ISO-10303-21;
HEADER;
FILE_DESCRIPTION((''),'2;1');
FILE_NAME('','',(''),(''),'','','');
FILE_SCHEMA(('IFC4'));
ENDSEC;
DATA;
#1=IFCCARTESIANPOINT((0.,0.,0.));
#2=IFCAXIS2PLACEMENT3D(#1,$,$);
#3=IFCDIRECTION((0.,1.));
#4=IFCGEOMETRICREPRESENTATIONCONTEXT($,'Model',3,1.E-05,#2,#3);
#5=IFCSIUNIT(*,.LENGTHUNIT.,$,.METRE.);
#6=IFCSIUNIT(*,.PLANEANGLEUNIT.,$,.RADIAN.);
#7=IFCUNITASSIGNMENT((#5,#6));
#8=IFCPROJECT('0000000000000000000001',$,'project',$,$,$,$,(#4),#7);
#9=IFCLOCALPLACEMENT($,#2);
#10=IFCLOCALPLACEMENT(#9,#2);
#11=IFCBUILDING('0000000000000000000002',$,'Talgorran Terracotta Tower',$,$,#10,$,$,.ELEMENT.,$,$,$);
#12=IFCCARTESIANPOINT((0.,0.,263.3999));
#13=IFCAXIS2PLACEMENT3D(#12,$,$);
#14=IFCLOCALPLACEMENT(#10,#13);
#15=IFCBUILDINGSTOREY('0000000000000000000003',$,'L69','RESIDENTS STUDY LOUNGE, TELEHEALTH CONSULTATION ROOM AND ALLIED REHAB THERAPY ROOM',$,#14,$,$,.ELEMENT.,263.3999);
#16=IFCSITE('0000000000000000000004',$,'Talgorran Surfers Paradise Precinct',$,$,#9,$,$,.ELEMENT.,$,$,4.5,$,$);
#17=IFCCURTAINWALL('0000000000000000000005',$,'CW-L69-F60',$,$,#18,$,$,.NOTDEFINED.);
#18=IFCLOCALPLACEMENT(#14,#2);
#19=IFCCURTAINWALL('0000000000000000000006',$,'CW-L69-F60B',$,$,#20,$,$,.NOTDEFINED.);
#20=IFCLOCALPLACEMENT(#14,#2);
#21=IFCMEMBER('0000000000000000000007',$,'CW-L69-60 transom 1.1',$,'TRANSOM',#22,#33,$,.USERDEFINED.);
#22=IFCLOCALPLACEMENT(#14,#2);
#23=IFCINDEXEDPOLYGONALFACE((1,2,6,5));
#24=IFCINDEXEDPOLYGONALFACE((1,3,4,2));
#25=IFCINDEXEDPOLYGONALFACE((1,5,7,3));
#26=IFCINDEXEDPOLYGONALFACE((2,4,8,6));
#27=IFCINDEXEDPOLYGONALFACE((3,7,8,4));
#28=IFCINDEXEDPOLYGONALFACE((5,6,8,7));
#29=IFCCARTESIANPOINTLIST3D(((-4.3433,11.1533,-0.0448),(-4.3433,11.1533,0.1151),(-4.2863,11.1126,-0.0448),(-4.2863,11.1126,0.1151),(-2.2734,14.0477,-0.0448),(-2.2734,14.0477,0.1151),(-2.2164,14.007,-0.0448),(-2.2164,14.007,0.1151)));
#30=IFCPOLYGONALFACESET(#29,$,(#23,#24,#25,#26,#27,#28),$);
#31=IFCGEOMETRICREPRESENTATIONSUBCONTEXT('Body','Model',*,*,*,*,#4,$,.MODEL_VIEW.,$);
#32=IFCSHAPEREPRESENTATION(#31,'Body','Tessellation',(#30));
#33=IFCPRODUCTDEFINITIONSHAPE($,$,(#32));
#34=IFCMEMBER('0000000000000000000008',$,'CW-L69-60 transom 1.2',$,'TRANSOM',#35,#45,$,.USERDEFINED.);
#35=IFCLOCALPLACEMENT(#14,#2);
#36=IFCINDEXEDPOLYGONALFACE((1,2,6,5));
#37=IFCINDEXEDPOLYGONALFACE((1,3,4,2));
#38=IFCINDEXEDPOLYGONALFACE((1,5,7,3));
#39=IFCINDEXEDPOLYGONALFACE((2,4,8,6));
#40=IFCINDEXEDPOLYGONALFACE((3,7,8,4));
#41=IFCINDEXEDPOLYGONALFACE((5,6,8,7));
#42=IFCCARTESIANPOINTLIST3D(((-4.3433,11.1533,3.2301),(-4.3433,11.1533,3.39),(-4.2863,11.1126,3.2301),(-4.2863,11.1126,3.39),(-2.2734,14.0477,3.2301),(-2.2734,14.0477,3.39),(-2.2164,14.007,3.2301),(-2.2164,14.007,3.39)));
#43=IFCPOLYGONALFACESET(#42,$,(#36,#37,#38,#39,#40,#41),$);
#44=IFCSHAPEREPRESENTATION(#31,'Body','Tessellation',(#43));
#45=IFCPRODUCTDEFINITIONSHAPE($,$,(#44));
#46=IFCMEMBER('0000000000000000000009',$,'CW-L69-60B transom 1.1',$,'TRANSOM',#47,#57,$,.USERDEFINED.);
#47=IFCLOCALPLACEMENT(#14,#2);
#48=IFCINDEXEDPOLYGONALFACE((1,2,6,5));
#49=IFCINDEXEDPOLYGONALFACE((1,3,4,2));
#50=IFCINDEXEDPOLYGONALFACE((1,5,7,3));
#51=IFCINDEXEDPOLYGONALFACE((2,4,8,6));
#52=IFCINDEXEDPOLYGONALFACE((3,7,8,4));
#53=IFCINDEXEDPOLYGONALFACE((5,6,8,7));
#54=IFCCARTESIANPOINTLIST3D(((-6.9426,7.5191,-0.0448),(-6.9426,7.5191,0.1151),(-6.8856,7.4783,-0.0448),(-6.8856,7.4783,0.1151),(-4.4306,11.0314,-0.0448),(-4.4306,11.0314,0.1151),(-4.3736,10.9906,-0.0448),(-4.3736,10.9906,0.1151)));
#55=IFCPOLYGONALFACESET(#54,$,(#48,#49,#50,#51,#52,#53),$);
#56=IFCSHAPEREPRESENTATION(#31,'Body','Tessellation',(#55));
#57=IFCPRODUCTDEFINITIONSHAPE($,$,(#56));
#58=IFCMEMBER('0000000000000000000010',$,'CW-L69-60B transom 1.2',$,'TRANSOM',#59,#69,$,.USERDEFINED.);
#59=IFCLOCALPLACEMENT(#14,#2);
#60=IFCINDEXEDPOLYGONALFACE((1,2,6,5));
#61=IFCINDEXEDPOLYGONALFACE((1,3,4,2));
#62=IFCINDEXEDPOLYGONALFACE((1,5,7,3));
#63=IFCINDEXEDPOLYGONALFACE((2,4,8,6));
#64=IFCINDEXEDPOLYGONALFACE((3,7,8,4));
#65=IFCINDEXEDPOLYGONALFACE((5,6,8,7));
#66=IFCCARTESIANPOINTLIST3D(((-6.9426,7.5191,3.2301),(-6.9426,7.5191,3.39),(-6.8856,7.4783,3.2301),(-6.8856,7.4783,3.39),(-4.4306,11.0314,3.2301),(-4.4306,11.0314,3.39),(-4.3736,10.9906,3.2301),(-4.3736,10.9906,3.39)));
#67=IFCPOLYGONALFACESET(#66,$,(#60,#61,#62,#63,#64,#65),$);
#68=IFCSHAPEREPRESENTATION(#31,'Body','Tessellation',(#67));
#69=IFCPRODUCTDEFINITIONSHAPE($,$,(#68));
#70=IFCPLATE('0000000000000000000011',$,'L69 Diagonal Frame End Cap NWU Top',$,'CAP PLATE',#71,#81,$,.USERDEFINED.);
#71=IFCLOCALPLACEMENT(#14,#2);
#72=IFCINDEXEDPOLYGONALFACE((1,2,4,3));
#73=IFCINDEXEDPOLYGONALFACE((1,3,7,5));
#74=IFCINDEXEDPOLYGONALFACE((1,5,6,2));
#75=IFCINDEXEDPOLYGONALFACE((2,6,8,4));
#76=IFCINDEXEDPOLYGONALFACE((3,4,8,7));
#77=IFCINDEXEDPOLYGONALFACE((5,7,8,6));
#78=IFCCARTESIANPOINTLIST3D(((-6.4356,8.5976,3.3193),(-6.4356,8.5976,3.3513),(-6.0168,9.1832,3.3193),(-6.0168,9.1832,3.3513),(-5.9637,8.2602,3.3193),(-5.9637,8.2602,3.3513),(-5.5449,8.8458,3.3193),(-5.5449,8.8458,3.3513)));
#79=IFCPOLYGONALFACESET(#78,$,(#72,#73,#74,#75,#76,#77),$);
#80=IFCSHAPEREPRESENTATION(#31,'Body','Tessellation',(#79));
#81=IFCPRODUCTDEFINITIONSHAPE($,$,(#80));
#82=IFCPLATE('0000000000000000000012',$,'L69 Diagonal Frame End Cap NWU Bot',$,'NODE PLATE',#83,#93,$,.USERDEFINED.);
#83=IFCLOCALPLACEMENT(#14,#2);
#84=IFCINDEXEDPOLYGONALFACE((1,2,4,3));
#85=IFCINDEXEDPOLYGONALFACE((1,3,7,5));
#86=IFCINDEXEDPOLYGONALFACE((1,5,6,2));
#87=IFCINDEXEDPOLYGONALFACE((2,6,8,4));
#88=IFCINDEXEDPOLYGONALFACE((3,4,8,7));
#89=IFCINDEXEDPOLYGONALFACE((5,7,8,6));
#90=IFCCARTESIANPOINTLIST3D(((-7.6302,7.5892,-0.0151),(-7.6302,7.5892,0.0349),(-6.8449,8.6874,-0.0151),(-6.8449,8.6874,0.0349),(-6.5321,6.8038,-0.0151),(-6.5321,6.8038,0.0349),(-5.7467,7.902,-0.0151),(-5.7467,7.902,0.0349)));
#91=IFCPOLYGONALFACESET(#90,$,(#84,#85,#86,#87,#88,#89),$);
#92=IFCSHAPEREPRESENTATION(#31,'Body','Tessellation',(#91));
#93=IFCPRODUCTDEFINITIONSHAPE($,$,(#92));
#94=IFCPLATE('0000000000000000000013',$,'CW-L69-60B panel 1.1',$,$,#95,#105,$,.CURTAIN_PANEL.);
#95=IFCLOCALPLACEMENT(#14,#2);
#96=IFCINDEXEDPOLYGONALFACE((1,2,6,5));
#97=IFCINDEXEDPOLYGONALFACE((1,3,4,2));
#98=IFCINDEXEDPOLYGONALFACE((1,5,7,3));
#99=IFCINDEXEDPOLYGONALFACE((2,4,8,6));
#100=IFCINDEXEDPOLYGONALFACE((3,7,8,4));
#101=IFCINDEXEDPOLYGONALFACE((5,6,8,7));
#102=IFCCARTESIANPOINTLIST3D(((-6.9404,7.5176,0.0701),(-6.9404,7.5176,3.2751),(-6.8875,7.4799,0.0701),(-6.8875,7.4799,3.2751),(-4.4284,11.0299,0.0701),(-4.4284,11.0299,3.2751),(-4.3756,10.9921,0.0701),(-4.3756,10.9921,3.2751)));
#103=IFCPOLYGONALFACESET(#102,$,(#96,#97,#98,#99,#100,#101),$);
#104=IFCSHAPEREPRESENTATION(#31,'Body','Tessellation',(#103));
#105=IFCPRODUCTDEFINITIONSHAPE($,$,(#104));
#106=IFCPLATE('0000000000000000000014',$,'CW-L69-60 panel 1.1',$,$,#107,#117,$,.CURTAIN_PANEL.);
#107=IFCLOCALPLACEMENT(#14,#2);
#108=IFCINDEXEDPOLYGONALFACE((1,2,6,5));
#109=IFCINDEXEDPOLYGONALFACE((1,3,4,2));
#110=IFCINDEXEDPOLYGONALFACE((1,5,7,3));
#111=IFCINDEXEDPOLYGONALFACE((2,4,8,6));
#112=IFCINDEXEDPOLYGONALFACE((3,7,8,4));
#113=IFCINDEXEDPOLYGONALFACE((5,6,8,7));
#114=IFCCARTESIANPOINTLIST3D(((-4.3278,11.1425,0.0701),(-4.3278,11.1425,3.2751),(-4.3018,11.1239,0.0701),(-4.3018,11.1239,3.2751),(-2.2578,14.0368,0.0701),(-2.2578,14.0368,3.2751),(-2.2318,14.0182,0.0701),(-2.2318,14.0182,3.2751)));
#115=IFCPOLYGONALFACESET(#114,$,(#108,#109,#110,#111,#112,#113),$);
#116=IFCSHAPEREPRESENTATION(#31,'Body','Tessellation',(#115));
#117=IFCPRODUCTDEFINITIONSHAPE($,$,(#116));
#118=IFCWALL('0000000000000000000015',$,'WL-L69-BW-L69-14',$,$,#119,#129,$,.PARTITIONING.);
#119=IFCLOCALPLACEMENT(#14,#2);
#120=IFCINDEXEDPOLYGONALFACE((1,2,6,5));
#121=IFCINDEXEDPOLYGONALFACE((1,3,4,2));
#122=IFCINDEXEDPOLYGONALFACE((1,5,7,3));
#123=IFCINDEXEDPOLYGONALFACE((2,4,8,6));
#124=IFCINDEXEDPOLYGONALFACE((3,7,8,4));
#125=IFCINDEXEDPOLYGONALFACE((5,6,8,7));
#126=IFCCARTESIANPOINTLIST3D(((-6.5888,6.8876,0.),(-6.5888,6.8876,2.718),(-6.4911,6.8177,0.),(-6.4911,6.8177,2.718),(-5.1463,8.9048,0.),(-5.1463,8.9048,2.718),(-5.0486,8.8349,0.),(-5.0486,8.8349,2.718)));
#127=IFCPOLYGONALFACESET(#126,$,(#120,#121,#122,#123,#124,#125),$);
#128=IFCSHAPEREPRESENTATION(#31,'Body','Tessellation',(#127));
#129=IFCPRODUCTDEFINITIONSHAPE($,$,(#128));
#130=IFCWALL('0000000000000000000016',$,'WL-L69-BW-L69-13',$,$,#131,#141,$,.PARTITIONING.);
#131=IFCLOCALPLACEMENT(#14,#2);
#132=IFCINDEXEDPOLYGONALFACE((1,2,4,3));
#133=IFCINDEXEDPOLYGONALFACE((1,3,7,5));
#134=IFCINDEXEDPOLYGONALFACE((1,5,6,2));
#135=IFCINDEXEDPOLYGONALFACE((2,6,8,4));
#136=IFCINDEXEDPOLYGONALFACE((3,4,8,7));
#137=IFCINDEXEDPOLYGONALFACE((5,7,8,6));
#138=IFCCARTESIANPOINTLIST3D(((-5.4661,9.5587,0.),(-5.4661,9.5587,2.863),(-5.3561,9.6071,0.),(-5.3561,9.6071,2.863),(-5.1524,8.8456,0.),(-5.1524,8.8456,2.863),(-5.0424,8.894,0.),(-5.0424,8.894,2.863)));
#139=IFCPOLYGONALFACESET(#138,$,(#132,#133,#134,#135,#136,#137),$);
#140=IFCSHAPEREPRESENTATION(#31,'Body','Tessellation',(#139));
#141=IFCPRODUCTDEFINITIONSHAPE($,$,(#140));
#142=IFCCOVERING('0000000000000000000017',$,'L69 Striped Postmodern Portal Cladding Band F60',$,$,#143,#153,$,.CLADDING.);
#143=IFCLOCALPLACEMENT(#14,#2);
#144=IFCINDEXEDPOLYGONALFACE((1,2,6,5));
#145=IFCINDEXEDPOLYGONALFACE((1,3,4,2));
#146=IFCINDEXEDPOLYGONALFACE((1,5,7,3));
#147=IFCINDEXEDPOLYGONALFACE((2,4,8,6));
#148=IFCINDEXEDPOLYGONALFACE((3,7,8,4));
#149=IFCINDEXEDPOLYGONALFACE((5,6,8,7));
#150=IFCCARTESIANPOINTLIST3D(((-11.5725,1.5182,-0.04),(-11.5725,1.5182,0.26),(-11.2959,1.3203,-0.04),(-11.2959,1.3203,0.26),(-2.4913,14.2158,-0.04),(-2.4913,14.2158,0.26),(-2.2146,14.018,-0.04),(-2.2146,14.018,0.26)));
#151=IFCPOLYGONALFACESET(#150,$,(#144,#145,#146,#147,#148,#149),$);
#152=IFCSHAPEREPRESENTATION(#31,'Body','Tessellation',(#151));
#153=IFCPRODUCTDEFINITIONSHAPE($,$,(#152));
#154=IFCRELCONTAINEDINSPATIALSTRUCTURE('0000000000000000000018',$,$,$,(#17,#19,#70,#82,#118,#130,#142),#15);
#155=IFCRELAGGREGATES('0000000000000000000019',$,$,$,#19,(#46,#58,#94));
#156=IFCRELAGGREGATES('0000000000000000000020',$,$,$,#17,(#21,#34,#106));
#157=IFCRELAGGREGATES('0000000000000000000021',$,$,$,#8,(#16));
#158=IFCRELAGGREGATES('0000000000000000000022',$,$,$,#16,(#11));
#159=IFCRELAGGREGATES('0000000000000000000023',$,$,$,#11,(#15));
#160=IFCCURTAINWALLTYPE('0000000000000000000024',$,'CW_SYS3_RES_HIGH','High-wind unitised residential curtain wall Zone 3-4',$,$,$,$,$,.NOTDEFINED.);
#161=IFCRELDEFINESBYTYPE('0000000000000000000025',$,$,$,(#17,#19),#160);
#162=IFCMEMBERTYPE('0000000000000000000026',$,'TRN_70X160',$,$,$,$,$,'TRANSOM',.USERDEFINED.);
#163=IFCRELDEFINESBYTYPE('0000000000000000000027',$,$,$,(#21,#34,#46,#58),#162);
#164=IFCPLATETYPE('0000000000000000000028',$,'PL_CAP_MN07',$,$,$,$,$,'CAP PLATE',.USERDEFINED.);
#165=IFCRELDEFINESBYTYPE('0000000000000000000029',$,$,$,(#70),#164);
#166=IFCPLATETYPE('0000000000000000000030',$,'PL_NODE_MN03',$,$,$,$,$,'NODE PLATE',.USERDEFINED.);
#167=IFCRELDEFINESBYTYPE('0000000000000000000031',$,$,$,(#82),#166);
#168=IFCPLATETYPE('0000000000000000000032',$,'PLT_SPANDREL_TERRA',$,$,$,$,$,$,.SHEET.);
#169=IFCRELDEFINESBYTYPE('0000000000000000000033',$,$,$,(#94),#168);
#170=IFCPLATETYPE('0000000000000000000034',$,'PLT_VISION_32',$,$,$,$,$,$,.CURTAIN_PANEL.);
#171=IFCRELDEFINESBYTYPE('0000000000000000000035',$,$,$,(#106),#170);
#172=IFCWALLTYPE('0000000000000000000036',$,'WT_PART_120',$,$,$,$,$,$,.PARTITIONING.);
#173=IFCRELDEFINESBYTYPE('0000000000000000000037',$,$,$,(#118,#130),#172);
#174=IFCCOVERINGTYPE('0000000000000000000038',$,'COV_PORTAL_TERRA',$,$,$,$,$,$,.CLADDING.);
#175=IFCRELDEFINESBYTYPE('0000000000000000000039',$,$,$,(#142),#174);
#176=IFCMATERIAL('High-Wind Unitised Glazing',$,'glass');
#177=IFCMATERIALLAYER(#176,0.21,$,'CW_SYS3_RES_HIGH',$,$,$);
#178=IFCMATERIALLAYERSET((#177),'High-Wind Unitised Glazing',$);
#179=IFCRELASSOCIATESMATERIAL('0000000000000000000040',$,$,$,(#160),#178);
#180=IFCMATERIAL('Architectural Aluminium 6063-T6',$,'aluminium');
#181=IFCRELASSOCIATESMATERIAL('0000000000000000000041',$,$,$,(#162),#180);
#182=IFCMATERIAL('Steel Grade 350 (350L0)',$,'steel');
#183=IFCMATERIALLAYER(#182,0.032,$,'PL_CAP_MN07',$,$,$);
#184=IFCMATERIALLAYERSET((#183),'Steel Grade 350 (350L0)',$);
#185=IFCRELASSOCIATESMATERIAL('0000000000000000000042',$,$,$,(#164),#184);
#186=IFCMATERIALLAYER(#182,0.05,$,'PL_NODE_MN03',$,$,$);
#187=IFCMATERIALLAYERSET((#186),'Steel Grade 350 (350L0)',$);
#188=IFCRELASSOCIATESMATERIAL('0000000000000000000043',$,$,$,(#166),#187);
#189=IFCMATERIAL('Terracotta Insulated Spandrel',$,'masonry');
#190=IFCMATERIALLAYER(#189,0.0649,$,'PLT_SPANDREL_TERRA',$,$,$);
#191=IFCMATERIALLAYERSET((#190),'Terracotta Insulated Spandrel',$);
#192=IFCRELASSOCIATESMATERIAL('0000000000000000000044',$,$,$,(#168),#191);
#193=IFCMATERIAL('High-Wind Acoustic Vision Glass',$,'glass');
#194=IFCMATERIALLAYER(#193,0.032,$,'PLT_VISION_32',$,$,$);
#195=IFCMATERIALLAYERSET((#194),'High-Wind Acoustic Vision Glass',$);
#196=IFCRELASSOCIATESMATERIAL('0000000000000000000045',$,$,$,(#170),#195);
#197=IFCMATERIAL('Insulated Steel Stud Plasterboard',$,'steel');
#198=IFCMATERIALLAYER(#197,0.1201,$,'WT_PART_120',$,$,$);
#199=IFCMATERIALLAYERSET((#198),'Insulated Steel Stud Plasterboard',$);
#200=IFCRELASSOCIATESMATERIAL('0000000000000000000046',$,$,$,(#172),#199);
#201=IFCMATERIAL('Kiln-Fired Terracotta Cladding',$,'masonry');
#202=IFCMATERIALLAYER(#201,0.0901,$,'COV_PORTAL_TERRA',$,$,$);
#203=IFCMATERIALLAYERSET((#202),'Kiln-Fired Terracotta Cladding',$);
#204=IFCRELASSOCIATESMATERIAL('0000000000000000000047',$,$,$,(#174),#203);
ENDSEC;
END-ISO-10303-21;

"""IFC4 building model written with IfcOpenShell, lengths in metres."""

from ifc_helpers import new_model, si_unit, direction, frame, frame_2d, origin, origin_2d, place, context, subcontext, project, spatial, rectangle, extrude, source, transform, mapped, material, layer, layer_set, material_profile, profile_set, type_object, type_shapes, element, aggregate, save


model = new_model("IFC4")

# Units and contexts
model_context = context("Model", 3, precision=1e-05, world=origin(), true_north=direction((0.0, 1.0)))
body_context = subcontext(model_context, "Body", "Model", "MODEL_VIEW")
ifc_project = project(units=[si_unit("LENGTHUNIT", "METRE"), si_unit("PLANEANGLEUNIT", "RADIAN")], contexts=[model_context])

# Site, building, storey
site_placement = place(None, origin())
site = spatial("IfcSite", under=ifc_project, at=site_placement, Name="Talgorran Surfers Paradise Precinct", CompositionType="ELEMENT", RefElevation=4.5)
building_placement = place(site_placement, origin())
building = spatial("IfcBuilding", under=site, at=building_placement, Name="Talgorran Terracotta Tower", CompositionType="ELEMENT")
storey_placement = place(building_placement, frame((0.0, 0.0, 263.3999)))
storey = spatial("IfcBuildingStorey", under=building, at=storey_placement, Name="L69", Description="RESIDENTS STUDY LOUNGE, TELEHEALTH CONSULTATION ROOM AND ALLIED REHAB THERAPY ROOM", CompositionType="ELEMENT", Elevation=263.3999)

# Shared definitions
ifc_material_1 = material(Name="Steel Grade 350 (350L0)", Category="steel")

# Shared definitions
ifc_material_2 = material(Name="High-Wind Unitised Glazing", Category="glass")
ifc_layer_1 = layer(ifc_material_2, 0.21, Name="CW_SYS3_RES_HIGH")
ifc_layer_set_1 = layer_set([ifc_layer_1], Name="High-Wind Unitised Glazing")
curtain_wall_type = type_object("IfcCurtainWallType", Name="CW_SYS3_RES_HIGH", Description="High-wind unitised residential curtain wall Zone 3-4", PredefinedType="NOTDEFINED", material=ifc_layer_set_1)
ifc_material_3 = material(Name="Architectural Aluminium 6063-T6", Category="aluminium")

# Curtain wall
curtain_wall_1_placement = place(storey_placement, origin())
curtain_wall_1 = element("IfcCurtainWall", 1, at=curtain_wall_1_placement, inside=storey, type_object=curtain_wall_type, Name="CW-L69-F60", PredefinedType="NOTDEFINED")

# Curtain wall
curtain_wall_2_placement = place(storey_placement, origin())
curtain_wall_2 = element("IfcCurtainWall", 2, at=curtain_wall_2_placement, inside=storey, type_object=curtain_wall_type, Name="CW-L69-F60B", PredefinedType="NOTDEFINED")

# Members
ifc_material_profile_1 = material_profile(ifc_material_3, rectangle(XDim=0.0701, YDim=0.1599, at=origin_2d()), Name="CWT70X160")
ifc_profile_set_1 = profile_set([ifc_material_profile_1], Name="Architectural Aluminium 6063-T6")
member_type_1 = type_object("IfcMemberType", Name="TRN_70X160", ElementType="TRANSOM", PredefinedType="USERDEFINED", material=ifc_profile_set_1)
member_1_placement = place(storey_placement, frame((-2.2449, 14.0273, 0.0352), z_axis=(-0.581699, -0.813404, 0.0), x_axis=(0.813404, -0.581699, 0.0)))
member_1 = element("IfcMember", 3, at=member_1_placement, type_object=member_type_1, Name="CW-L69-60 transom 1.1", ObjectType="TRANSOM", PredefinedType="USERDEFINED", context=body_context, shape_type="SweptSolid", body=[
    extrude(rectangle(XDim=0.0701, YDim=0.1599, at=origin_2d()), origin(), (0.0, 0.0, 1.0), 3.5583),
])
member_2_placement = place(storey_placement, frame((-2.2449, 14.0273, 3.3101), z_axis=(-0.581699, -0.813404, 0.0), x_axis=(0.813404, -0.581699, 0.0)))
member_2 = element("IfcMember", 4, at=member_2_placement, type_object=member_type_1, Name="CW-L69-60 transom 1.2", ObjectType="TRANSOM", PredefinedType="USERDEFINED", context=body_context, shape_type="SweptSolid", body=[
    extrude(rectangle(XDim=0.0701, YDim=0.1599, at=origin_2d()), origin(), (0.0, 0.0, 1.0), 3.5583),
])
member_3_placement = place(storey_placement, frame((-4.4021, 11.011, 0.0352), z_axis=(-0.581735, -0.813378, 0.0), x_axis=(0.813378, -0.581735, 0.0)))
member_3 = element("IfcMember", 5, at=member_3_placement, type_object=member_type_1, Name="CW-L69-60B transom 1.1", ObjectType="TRANSOM", PredefinedType="USERDEFINED", context=body_context, shape_type="SweptSolid", body=[
    extrude(rectangle(XDim=0.0701, YDim=0.1599, at=origin_2d()), origin(), (0.0, 0.0, 1.0), 4.3181),
])
member_4_placement = place(storey_placement, frame((-4.4021, 11.011, 3.3101), z_axis=(-0.581735, -0.813378, 0.0), x_axis=(0.813378, -0.581735, 0.0)))
member_4 = element("IfcMember", 6, at=member_4_placement, type_object=member_type_1, Name="CW-L69-60B transom 1.2", ObjectType="TRANSOM", PredefinedType="USERDEFINED", context=body_context, shape_type="SweptSolid", body=[
    extrude(rectangle(XDim=0.0701, YDim=0.1599, at=origin_2d()), origin(), (0.0, 0.0, 1.0), 4.3181),
])

# Plates
ifc_layer_2 = layer(ifc_material_1, 0.032, Name="PL_CAP_MN07")
ifc_layer_set_2 = layer_set([ifc_layer_2], Name="Steel Grade 350 (350L0)")
plate_type_1 = type_object("IfcPlateType", Name="PL_CAP_MN07", ElementType="CAP PLATE", PredefinedType="USERDEFINED", material=ifc_layer_set_2)
plate_1_placement = place(storey_placement, frame((-5.9902, 8.7217, 3.3193), z_axis=(0.0, 0.0, 1.0), x_axis=(0.581697, 0.813405, 0.0)))
element("IfcPlate", 7, at=plate_1_placement, inside=storey, type_object=plate_type_1, Name="L69 Diagonal Frame End Cap NWU Top", ObjectType="CAP PLATE", PredefinedType="USERDEFINED", context=body_context, shape_type="SweptSolid", body=[
    extrude(rectangle(XDim=0.72, YDim=0.5801, at=origin_2d()), origin(), (0.0, 0.0, 1.0), 0.032),
])
ifc_layer_3 = layer(ifc_material_1, 0.05, Name="PL_NODE_MN03")
ifc_layer_set_3 = layer_set([ifc_layer_3], Name="Steel Grade 350 (350L0)")
plate_type_2 = type_object("IfcPlateType", Name="PL_NODE_MN03", ElementType="NODE PLATE", PredefinedType="USERDEFINED", material=ifc_layer_set_3)
plate_2_placement = place(storey_placement, frame((-6.6885, 7.7456, -0.0151), z_axis=(0.0, 0.0, 1.0), x_axis=(0.581697, 0.813405, 0.0)))
element("IfcPlate", 8, at=plate_2_placement, inside=storey, type_object=plate_type_2, Name="L69 Diagonal Frame End Cap NWU Bot", ObjectType="NODE PLATE", PredefinedType="USERDEFINED", context=body_context, shape_type="SweptSolid", body=[
    extrude(rectangle(XDim=1.3501, YDim=1.3501, at=origin_2d()), origin(), (0.0, 0.0, 1.0), 0.05),
])

# Plates
ifc_material_4 = material(Name="Terracotta Insulated Spandrel", Category="masonry")
ifc_layer_4 = layer(ifc_material_4, 0.0649, Name="PLT_SPANDREL_TERRA")
ifc_layer_set_4 = layer_set([ifc_layer_4], Name="Terracotta Insulated Spandrel")
plate_type_3 = type_object("IfcPlateType", Name="PLT_SPANDREL_TERRA", PredefinedType="SHEET", material=ifc_layer_set_4)
shared_shape_1 = source(origin(), body_context, "Body", "SweptSolid", [
    extrude(rectangle(XDim=4.3181, YDim=0.0649, at=origin_2d()), origin(), (0.0, 0.0, 1.0), 3.2051),
])
type_shapes(plate_type_3, [shared_shape_1])
plate_3_placement = place(storey_placement, frame((-5.658, 9.2549, 0.0701), z_axis=(0.0, 0.0, 1.0), x_axis=(-0.581732, -0.81338, 0.0)))
plate_3 = element("IfcPlate", 9, at=plate_3_placement, type_object=plate_type_3, Name="CW-L69-60B panel 1.1", PredefinedType="CURTAIN_PANEL", context=body_context, shape_type="MappedRepresentation", body=[
    mapped(shared_shape_1, transform((0.0, 0.0, 0.0), scale=1.0)),
])
aggregate(curtain_wall_2, [member_3, member_4, plate_3])
ifc_material_5 = material(Name="High-Wind Acoustic Vision Glass", Category="glass")
ifc_layer_5 = layer(ifc_material_5, 0.032, Name="PLT_VISION_32")
ifc_layer_set_5 = layer_set([ifc_layer_5], Name="High-Wind Acoustic Vision Glass")
plate_type_4 = type_object("IfcPlateType", Name="PLT_VISION_32", PredefinedType="CURTAIN_PANEL", material=ifc_layer_set_5)
shared_shape_2 = source(origin(), body_context, "Body", "SweptSolid", [
    extrude(rectangle(XDim=3.5583, YDim=0.032, at=origin_2d()), origin(), (0.0, 0.0, 1.0), 3.2051),
])
type_shapes(plate_type_4, [shared_shape_2])
plate_4_placement = place(storey_placement, frame((-3.2798, 12.5803, 0.0701), z_axis=(0.0, 0.0, 1.0), x_axis=(-0.581732, -0.813381, 0.0)))
plate_4 = element("IfcPlate", 10, at=plate_4_placement, type_object=plate_type_4, Name="CW-L69-60 panel 1.1", PredefinedType="CURTAIN_PANEL", context=body_context, shape_type="MappedRepresentation", body=[
    mapped(shared_shape_2, transform((0.0, 0.0, 0.0), scale=1.0)),
])
aggregate(curtain_wall_1, [member_1, member_2, plate_4])

# Walls
ifc_material_6 = material(Name="Insulated Steel Stud Plasterboard", Category="steel")
ifc_layer_6 = layer(ifc_material_6, 0.1201, Name="WT_PART_120")
ifc_layer_set_6 = layer_set([ifc_layer_6], Name="Insulated Steel Stud Plasterboard")
wall_type = type_object("IfcWallType", Name="WT_PART_120", PredefinedType="PARTITIONING", material=ifc_layer_set_6)
wall_1_placement = place(storey_placement, frame((-5.0974, 8.8699, 0.0), z_axis=(0.0, 0.0, 1.0), x_axis=(-0.581685, -0.813414, 0.0)))
element("IfcWall", 11, at=wall_1_placement, inside=storey, type_object=wall_type, Name="WL-L69-BW-L69-14", PredefinedType="PARTITIONING", context=body_context, shape_type="SweptSolid", body=[
    extrude(rectangle(XDim=2.48, YDim=0.1201, at=frame_2d((1.24, 0.0))), origin(), (0.0, 0.0, 1.0), 2.718),
])
wall_2_placement = place(storey_placement, frame((-5.4111, 9.583, 0.0), z_axis=(0.0, 0.0, 1.0), x_axis=(0.402676, -0.915343, 0.0)))
element("IfcWall", 12, at=wall_2_placement, inside=storey, type_object=wall_type, Name="WL-L69-BW-L69-13", PredefinedType="PARTITIONING", context=body_context, shape_type="SweptSolid", body=[
    extrude(rectangle(XDim=0.7791, YDim=0.1201, at=frame_2d((0.3896, 0.0))), origin(), (0.0, 0.0, 1.0), 2.863),
])

# Covering
ifc_material_7 = material(Name="Kiln-Fired Terracotta Cladding", Category="masonry")
ifc_layer_7 = layer(ifc_material_7, 0.0901, Name="COV_PORTAL_TERRA")
ifc_layer_set_7 = layer_set([ifc_layer_7], Name="Kiln-Fired Terracotta Cladding")
covering_type = type_object("IfcCoveringType", Name="COV_PORTAL_TERRA", PredefinedType="CLADDING", material=ifc_layer_set_7)
covering_placement = place(storey_placement, frame((-6.8936, 7.7681, -0.04), z_axis=(0.0, 0.0, 1.0), x_axis=(-0.581726, -0.813385, 0.0)))
element("IfcCovering", 13, at=covering_placement, inside=storey, type_object=covering_type, Name="L69 Striped Postmodern Portal Cladding Band F60", PredefinedType="CLADDING", context=body_context, shape_type="SweptSolid", body=[
    extrude(rectangle(XDim=15.6108, YDim=0.3401, at=origin_2d()), origin(), (0.0, 0.0, 1.0), 0.3),
])

save(model, "model.ifc")
